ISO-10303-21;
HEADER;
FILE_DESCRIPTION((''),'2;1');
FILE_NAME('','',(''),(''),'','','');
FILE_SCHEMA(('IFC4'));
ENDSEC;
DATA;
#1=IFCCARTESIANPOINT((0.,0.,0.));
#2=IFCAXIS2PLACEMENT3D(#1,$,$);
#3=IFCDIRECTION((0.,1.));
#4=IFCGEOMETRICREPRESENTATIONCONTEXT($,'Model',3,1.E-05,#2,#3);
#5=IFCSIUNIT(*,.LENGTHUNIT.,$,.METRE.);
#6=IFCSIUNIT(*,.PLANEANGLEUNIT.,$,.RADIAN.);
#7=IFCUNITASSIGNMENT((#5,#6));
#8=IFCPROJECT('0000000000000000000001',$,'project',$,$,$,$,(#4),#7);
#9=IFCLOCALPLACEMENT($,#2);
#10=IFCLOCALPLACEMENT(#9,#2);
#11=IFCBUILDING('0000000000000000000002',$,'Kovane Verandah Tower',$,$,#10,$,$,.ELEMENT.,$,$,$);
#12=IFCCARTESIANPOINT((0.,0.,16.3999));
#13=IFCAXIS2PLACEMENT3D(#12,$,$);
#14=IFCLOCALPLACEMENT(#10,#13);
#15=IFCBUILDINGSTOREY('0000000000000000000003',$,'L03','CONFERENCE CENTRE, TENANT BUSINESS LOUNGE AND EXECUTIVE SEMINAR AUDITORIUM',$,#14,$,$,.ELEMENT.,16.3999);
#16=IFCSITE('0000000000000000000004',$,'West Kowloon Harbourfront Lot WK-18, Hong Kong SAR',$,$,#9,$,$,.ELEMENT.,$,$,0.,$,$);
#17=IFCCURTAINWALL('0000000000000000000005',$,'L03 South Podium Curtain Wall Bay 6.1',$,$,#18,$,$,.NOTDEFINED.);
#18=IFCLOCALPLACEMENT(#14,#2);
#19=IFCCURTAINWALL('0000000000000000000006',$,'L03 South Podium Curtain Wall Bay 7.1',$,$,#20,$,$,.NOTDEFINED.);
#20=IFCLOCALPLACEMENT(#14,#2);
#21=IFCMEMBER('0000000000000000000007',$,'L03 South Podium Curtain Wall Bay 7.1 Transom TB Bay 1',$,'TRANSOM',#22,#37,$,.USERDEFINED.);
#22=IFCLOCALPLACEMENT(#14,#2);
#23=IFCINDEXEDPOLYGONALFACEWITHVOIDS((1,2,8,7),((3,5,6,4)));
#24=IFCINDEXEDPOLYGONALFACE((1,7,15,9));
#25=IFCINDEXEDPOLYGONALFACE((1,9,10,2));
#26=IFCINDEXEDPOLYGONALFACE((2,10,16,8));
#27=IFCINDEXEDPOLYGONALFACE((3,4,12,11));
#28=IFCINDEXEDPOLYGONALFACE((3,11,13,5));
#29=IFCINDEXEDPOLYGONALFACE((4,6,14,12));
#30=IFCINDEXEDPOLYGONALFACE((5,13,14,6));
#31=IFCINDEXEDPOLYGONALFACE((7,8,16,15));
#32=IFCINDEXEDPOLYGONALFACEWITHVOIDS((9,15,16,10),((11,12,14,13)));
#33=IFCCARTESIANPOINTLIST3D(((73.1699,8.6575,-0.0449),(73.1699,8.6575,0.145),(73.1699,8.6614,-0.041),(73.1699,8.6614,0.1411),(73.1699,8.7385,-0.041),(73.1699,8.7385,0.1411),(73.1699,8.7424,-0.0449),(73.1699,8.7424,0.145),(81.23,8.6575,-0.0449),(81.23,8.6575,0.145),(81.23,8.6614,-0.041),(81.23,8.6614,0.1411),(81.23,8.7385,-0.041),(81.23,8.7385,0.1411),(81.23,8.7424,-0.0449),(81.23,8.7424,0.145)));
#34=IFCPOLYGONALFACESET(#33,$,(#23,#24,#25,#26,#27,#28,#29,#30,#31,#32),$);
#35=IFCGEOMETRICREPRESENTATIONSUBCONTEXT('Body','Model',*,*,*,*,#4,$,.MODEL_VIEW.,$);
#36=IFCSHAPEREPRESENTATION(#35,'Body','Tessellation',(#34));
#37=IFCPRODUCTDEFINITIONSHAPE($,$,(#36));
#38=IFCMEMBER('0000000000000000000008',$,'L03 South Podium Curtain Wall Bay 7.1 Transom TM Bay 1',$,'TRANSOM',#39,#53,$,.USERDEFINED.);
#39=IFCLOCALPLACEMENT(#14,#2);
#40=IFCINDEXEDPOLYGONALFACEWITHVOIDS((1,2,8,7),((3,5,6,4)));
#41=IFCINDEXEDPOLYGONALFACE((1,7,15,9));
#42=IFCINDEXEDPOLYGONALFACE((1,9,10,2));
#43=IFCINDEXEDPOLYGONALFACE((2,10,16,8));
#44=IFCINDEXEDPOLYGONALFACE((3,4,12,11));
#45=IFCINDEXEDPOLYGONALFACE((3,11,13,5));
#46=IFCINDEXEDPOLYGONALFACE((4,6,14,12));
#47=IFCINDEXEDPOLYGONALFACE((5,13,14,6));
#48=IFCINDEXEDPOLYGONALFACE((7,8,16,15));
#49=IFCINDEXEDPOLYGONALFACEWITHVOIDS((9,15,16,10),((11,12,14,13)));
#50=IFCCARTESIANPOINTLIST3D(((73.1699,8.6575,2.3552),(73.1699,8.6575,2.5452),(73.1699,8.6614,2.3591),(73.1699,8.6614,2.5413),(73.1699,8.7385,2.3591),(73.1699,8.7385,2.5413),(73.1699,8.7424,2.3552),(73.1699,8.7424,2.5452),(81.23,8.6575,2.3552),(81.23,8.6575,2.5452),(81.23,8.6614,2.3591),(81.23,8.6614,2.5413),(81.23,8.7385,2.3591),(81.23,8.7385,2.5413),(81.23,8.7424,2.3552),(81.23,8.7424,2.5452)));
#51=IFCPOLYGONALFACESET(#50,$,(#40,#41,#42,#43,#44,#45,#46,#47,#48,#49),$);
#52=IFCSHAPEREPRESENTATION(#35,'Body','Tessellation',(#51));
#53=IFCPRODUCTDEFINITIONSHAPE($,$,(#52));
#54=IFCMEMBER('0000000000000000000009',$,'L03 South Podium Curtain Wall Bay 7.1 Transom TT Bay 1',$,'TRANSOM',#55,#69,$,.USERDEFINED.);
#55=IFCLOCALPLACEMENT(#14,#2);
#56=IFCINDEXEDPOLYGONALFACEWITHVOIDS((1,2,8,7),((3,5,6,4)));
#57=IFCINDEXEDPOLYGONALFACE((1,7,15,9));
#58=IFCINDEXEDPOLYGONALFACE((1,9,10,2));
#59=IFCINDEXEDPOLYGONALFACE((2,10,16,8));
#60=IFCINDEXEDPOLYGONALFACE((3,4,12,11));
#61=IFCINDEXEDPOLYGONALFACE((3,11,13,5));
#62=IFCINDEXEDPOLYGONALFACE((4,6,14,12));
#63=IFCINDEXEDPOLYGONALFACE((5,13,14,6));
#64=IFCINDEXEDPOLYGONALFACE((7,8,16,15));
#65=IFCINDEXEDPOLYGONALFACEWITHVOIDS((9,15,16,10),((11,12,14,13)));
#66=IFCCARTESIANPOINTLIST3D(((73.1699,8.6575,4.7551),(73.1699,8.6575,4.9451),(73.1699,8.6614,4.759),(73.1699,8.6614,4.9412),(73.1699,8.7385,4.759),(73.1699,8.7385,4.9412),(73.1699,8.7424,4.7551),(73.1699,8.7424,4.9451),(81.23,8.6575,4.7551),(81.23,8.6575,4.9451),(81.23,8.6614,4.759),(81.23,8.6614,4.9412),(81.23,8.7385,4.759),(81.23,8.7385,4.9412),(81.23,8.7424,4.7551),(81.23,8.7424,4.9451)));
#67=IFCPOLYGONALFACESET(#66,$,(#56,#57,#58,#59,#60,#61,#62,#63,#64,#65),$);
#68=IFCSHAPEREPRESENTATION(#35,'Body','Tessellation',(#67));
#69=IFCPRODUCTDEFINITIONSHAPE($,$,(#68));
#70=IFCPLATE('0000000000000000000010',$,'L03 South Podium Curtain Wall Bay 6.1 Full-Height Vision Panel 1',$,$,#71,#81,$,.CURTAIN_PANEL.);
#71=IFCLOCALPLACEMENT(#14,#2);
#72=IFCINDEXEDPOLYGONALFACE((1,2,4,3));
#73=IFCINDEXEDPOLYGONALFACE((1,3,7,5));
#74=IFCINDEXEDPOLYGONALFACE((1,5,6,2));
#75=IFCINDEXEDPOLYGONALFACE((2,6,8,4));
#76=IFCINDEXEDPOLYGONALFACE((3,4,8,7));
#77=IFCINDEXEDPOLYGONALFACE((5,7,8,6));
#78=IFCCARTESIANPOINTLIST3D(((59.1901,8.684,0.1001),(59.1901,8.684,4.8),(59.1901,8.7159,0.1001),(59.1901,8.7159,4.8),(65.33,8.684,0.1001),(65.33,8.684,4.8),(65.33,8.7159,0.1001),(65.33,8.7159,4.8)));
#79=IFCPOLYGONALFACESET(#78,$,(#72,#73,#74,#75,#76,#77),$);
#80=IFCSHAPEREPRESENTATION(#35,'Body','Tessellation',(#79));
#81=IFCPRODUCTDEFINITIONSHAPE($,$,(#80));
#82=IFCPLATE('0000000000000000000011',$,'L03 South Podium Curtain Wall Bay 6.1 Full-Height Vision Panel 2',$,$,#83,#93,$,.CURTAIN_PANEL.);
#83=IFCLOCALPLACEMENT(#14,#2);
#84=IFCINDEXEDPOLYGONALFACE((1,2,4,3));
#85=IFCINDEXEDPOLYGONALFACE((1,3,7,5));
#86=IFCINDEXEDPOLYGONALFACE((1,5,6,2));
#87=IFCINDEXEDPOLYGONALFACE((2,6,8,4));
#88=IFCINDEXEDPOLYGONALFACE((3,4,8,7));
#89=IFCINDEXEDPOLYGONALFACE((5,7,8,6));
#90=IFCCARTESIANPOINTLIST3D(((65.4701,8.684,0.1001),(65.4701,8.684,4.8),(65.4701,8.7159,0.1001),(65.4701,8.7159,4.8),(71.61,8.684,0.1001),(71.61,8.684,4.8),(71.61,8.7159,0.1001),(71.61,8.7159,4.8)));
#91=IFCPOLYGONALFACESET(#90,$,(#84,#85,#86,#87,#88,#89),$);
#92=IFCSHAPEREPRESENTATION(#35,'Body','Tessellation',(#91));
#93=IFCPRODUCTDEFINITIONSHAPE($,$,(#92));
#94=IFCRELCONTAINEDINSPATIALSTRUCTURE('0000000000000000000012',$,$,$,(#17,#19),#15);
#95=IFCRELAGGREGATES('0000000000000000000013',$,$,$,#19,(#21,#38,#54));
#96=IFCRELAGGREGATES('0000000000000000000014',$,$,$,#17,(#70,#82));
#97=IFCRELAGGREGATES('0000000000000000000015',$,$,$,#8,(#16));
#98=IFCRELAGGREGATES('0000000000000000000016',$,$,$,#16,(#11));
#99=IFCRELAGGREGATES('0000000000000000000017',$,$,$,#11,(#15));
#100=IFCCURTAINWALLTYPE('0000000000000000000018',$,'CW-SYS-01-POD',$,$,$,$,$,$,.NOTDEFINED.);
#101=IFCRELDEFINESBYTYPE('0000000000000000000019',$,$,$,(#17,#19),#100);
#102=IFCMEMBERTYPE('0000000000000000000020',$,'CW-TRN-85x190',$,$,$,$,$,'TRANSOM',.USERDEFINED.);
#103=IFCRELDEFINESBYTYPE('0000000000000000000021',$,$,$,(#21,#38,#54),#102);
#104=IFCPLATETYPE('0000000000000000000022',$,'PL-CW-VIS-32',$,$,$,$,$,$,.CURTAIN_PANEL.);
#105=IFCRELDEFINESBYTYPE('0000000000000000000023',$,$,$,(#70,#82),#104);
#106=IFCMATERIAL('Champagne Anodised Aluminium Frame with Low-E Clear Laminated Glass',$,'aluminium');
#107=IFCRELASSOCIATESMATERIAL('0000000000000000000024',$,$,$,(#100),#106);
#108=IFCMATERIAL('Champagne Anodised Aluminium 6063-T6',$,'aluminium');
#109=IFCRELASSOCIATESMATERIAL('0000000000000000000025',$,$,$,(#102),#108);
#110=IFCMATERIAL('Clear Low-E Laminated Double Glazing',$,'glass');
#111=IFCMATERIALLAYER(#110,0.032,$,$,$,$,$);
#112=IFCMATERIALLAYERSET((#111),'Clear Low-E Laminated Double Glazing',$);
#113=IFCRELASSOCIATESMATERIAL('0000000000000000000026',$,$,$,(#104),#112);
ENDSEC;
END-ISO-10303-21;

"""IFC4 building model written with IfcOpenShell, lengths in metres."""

from ifc_helpers import new_model, si_unit, direction, frame, origin, origin_2d, place, context, subcontext, project, spatial, rectangle, hollow_rectangle, extrude, material, layer, layer_set, material_profile, profile_set, type_object, element, aggregate, save


model = new_model("IFC4")

# Units and contexts
model_context = context("Model", 3, precision=1e-05, world=origin(), true_north=direction((0.0, 1.0)))
body_context = subcontext(model_context, "Body", "Model", "MODEL_VIEW")
ifc_project = project(units=[si_unit("LENGTHUNIT", "METRE"), si_unit("PLANEANGLEUNIT", "RADIAN")], contexts=[model_context])

# Site, building, storey
site_placement = place(None, origin())
site = spatial("IfcSite", under=ifc_project, at=site_placement, Name="West Kowloon Harbourfront Lot WK-18, Hong Kong SAR", CompositionType="ELEMENT", RefElevation=0.0)
building_placement = place(site_placement, origin())
building = spatial("IfcBuilding", under=site, at=building_placement, Name="Kovane Verandah Tower", CompositionType="ELEMENT")
storey_placement = place(building_placement, frame((0.0, 0.0, 16.3999)))
storey = spatial("IfcBuildingStorey", under=building, at=storey_placement, Name="L03", Description="CONFERENCE CENTRE, TENANT BUSINESS LOUNGE AND EXECUTIVE SEMINAR AUDITORIUM", CompositionType="ELEMENT", Elevation=16.3999)

# Shared definitions
ifc_material_1 = material(Name="Champagne Anodised Aluminium Frame with Low-E Clear Laminated Glass", Category="aluminium")
curtain_wall_type = type_object("IfcCurtainWallType", Name="CW-SYS-01-POD", PredefinedType="NOTDEFINED", material=ifc_material_1)
ifc_material_2 = material(Name="Champagne Anodised Aluminium 6063-T6", Category="aluminium")

# Curtain wall
curtain_wall_1_placement = place(storey_placement, origin())
curtain_wall_1 = element("IfcCurtainWall", 1, at=curtain_wall_1_placement, inside=storey, type_object=curtain_wall_type, Name="L03 South Podium Curtain Wall Bay 6.1", PredefinedType="NOTDEFINED")

# Curtain wall
curtain_wall_2_placement = place(storey_placement, origin())
curtain_wall_2 = element("IfcCurtainWall", 2, at=curtain_wall_2_placement, inside=storey, type_object=curtain_wall_type, Name="L03 South Podium Curtain Wall Bay 7.1", PredefinedType="NOTDEFINED")

# Members
ifc_material_profile_1 = material_profile(ifc_material_2, hollow_rectangle(XDim=0.085, YDim=0.1899, WallThickness=0.0039, at=origin_2d()), Name="AL85x190x4")
ifc_profile_set_1 = profile_set([ifc_material_profile_1], Name="Champagne Anodised Aluminium 6063-T6")
member_type_1 = type_object("IfcMemberType", Name="CW-TRN-85x190", ElementType="TRANSOM", PredefinedType="USERDEFINED", material=ifc_profile_set_1)
member_1_placement = place(storey_placement, frame((73.1699, 8.7, 0.05), z_axis=(1.0, 0.0, 0.0), x_axis=(0.0, 1.0, 0.0)))
member_1 = element("IfcMember", 3, at=member_1_placement, type_object=member_type_1, Name="L03 South Podium Curtain Wall Bay 7.1 Transom TB Bay 1", ObjectType="TRANSOM", PredefinedType="USERDEFINED", context=body_context, shape_type="SweptSolid", body=[
    extrude(hollow_rectangle(XDim=0.085, YDim=0.1899, WallThickness=0.0039, at=origin_2d()), origin(), (0.0, 0.0, 1.0), 8.0601),
])
member_2_placement = place(storey_placement, frame((73.1699, 8.7, 2.4502), z_axis=(1.0, 0.0, 0.0), x_axis=(0.0, 1.0, 0.0)))
member_2 = element("IfcMember", 4, at=member_2_placement, type_object=member_type_1, Name="L03 South Podium Curtain Wall Bay 7.1 Transom TM Bay 1", ObjectType="TRANSOM", PredefinedType="USERDEFINED", context=body_context, shape_type="SweptSolid", body=[
    extrude(hollow_rectangle(XDim=0.085, YDim=0.1899, WallThickness=0.0039, at=origin_2d()), origin(), (0.0, 0.0, 1.0), 8.0601),
])
member_3_placement = place(storey_placement, frame((73.1699, 8.7, 4.8501), z_axis=(1.0, 0.0, 0.0), x_axis=(0.0, 1.0, 0.0)))
member_3 = element("IfcMember", 5, at=member_3_placement, type_object=member_type_1, Name="L03 South Podium Curtain Wall Bay 7.1 Transom TT Bay 1", ObjectType="TRANSOM", PredefinedType="USERDEFINED", context=body_context, shape_type="SweptSolid", body=[
    extrude(hollow_rectangle(XDim=0.085, YDim=0.1899, WallThickness=0.0039, at=origin_2d()), origin(), (0.0, 0.0, 1.0), 8.0601),
])
aggregate(curtain_wall_2, [member_1, member_2, member_3])

# Plates
ifc_material_3 = material(Name="Clear Low-E Laminated Double Glazing", Category="glass")
ifc_layer = layer(ifc_material_3, 0.032)
ifc_layer_set = layer_set([ifc_layer], Name="Clear Low-E Laminated Double Glazing")
plate_type = type_object("IfcPlateType", Name="PL-CW-VIS-32", PredefinedType="CURTAIN_PANEL", material=ifc_layer_set)
plate_1_placement = place(storey_placement, frame((62.26, 8.7, 0.1001), z_axis=(0.0, 0.0, 1.0), x_axis=(1.0, 0.0, 0.0)))
plate_1 = element("IfcPlate", 6, at=plate_1_placement, type_object=plate_type, Name="L03 South Podium Curtain Wall Bay 6.1 Full-Height Vision Panel 1", PredefinedType="CURTAIN_PANEL", context=body_context, shape_type="SweptSolid", body=[
    extrude(rectangle(XDim=6.1399, YDim=0.032, at=origin_2d()), origin(), (0.0, 0.0, 1.0), 4.7),
])
plate_2_placement = place(storey_placement, frame((68.54, 8.7, 0.1001), z_axis=(0.0, 0.0, 1.0), x_axis=(1.0, 0.0, 0.0)))
plate_2 = element("IfcPlate", 7, at=plate_2_placement, type_object=plate_type, Name="L03 South Podium Curtain Wall Bay 6.1 Full-Height Vision Panel 2", PredefinedType="CURTAIN_PANEL", context=body_context, shape_type="SweptSolid", body=[
    extrude(rectangle(XDim=6.1399, YDim=0.032, at=origin_2d()), origin(), (0.0, 0.0, 1.0), 4.7),
])
aggregate(curtain_wall_1, [plate_1, plate_2])

save(model, "model.ifc")
